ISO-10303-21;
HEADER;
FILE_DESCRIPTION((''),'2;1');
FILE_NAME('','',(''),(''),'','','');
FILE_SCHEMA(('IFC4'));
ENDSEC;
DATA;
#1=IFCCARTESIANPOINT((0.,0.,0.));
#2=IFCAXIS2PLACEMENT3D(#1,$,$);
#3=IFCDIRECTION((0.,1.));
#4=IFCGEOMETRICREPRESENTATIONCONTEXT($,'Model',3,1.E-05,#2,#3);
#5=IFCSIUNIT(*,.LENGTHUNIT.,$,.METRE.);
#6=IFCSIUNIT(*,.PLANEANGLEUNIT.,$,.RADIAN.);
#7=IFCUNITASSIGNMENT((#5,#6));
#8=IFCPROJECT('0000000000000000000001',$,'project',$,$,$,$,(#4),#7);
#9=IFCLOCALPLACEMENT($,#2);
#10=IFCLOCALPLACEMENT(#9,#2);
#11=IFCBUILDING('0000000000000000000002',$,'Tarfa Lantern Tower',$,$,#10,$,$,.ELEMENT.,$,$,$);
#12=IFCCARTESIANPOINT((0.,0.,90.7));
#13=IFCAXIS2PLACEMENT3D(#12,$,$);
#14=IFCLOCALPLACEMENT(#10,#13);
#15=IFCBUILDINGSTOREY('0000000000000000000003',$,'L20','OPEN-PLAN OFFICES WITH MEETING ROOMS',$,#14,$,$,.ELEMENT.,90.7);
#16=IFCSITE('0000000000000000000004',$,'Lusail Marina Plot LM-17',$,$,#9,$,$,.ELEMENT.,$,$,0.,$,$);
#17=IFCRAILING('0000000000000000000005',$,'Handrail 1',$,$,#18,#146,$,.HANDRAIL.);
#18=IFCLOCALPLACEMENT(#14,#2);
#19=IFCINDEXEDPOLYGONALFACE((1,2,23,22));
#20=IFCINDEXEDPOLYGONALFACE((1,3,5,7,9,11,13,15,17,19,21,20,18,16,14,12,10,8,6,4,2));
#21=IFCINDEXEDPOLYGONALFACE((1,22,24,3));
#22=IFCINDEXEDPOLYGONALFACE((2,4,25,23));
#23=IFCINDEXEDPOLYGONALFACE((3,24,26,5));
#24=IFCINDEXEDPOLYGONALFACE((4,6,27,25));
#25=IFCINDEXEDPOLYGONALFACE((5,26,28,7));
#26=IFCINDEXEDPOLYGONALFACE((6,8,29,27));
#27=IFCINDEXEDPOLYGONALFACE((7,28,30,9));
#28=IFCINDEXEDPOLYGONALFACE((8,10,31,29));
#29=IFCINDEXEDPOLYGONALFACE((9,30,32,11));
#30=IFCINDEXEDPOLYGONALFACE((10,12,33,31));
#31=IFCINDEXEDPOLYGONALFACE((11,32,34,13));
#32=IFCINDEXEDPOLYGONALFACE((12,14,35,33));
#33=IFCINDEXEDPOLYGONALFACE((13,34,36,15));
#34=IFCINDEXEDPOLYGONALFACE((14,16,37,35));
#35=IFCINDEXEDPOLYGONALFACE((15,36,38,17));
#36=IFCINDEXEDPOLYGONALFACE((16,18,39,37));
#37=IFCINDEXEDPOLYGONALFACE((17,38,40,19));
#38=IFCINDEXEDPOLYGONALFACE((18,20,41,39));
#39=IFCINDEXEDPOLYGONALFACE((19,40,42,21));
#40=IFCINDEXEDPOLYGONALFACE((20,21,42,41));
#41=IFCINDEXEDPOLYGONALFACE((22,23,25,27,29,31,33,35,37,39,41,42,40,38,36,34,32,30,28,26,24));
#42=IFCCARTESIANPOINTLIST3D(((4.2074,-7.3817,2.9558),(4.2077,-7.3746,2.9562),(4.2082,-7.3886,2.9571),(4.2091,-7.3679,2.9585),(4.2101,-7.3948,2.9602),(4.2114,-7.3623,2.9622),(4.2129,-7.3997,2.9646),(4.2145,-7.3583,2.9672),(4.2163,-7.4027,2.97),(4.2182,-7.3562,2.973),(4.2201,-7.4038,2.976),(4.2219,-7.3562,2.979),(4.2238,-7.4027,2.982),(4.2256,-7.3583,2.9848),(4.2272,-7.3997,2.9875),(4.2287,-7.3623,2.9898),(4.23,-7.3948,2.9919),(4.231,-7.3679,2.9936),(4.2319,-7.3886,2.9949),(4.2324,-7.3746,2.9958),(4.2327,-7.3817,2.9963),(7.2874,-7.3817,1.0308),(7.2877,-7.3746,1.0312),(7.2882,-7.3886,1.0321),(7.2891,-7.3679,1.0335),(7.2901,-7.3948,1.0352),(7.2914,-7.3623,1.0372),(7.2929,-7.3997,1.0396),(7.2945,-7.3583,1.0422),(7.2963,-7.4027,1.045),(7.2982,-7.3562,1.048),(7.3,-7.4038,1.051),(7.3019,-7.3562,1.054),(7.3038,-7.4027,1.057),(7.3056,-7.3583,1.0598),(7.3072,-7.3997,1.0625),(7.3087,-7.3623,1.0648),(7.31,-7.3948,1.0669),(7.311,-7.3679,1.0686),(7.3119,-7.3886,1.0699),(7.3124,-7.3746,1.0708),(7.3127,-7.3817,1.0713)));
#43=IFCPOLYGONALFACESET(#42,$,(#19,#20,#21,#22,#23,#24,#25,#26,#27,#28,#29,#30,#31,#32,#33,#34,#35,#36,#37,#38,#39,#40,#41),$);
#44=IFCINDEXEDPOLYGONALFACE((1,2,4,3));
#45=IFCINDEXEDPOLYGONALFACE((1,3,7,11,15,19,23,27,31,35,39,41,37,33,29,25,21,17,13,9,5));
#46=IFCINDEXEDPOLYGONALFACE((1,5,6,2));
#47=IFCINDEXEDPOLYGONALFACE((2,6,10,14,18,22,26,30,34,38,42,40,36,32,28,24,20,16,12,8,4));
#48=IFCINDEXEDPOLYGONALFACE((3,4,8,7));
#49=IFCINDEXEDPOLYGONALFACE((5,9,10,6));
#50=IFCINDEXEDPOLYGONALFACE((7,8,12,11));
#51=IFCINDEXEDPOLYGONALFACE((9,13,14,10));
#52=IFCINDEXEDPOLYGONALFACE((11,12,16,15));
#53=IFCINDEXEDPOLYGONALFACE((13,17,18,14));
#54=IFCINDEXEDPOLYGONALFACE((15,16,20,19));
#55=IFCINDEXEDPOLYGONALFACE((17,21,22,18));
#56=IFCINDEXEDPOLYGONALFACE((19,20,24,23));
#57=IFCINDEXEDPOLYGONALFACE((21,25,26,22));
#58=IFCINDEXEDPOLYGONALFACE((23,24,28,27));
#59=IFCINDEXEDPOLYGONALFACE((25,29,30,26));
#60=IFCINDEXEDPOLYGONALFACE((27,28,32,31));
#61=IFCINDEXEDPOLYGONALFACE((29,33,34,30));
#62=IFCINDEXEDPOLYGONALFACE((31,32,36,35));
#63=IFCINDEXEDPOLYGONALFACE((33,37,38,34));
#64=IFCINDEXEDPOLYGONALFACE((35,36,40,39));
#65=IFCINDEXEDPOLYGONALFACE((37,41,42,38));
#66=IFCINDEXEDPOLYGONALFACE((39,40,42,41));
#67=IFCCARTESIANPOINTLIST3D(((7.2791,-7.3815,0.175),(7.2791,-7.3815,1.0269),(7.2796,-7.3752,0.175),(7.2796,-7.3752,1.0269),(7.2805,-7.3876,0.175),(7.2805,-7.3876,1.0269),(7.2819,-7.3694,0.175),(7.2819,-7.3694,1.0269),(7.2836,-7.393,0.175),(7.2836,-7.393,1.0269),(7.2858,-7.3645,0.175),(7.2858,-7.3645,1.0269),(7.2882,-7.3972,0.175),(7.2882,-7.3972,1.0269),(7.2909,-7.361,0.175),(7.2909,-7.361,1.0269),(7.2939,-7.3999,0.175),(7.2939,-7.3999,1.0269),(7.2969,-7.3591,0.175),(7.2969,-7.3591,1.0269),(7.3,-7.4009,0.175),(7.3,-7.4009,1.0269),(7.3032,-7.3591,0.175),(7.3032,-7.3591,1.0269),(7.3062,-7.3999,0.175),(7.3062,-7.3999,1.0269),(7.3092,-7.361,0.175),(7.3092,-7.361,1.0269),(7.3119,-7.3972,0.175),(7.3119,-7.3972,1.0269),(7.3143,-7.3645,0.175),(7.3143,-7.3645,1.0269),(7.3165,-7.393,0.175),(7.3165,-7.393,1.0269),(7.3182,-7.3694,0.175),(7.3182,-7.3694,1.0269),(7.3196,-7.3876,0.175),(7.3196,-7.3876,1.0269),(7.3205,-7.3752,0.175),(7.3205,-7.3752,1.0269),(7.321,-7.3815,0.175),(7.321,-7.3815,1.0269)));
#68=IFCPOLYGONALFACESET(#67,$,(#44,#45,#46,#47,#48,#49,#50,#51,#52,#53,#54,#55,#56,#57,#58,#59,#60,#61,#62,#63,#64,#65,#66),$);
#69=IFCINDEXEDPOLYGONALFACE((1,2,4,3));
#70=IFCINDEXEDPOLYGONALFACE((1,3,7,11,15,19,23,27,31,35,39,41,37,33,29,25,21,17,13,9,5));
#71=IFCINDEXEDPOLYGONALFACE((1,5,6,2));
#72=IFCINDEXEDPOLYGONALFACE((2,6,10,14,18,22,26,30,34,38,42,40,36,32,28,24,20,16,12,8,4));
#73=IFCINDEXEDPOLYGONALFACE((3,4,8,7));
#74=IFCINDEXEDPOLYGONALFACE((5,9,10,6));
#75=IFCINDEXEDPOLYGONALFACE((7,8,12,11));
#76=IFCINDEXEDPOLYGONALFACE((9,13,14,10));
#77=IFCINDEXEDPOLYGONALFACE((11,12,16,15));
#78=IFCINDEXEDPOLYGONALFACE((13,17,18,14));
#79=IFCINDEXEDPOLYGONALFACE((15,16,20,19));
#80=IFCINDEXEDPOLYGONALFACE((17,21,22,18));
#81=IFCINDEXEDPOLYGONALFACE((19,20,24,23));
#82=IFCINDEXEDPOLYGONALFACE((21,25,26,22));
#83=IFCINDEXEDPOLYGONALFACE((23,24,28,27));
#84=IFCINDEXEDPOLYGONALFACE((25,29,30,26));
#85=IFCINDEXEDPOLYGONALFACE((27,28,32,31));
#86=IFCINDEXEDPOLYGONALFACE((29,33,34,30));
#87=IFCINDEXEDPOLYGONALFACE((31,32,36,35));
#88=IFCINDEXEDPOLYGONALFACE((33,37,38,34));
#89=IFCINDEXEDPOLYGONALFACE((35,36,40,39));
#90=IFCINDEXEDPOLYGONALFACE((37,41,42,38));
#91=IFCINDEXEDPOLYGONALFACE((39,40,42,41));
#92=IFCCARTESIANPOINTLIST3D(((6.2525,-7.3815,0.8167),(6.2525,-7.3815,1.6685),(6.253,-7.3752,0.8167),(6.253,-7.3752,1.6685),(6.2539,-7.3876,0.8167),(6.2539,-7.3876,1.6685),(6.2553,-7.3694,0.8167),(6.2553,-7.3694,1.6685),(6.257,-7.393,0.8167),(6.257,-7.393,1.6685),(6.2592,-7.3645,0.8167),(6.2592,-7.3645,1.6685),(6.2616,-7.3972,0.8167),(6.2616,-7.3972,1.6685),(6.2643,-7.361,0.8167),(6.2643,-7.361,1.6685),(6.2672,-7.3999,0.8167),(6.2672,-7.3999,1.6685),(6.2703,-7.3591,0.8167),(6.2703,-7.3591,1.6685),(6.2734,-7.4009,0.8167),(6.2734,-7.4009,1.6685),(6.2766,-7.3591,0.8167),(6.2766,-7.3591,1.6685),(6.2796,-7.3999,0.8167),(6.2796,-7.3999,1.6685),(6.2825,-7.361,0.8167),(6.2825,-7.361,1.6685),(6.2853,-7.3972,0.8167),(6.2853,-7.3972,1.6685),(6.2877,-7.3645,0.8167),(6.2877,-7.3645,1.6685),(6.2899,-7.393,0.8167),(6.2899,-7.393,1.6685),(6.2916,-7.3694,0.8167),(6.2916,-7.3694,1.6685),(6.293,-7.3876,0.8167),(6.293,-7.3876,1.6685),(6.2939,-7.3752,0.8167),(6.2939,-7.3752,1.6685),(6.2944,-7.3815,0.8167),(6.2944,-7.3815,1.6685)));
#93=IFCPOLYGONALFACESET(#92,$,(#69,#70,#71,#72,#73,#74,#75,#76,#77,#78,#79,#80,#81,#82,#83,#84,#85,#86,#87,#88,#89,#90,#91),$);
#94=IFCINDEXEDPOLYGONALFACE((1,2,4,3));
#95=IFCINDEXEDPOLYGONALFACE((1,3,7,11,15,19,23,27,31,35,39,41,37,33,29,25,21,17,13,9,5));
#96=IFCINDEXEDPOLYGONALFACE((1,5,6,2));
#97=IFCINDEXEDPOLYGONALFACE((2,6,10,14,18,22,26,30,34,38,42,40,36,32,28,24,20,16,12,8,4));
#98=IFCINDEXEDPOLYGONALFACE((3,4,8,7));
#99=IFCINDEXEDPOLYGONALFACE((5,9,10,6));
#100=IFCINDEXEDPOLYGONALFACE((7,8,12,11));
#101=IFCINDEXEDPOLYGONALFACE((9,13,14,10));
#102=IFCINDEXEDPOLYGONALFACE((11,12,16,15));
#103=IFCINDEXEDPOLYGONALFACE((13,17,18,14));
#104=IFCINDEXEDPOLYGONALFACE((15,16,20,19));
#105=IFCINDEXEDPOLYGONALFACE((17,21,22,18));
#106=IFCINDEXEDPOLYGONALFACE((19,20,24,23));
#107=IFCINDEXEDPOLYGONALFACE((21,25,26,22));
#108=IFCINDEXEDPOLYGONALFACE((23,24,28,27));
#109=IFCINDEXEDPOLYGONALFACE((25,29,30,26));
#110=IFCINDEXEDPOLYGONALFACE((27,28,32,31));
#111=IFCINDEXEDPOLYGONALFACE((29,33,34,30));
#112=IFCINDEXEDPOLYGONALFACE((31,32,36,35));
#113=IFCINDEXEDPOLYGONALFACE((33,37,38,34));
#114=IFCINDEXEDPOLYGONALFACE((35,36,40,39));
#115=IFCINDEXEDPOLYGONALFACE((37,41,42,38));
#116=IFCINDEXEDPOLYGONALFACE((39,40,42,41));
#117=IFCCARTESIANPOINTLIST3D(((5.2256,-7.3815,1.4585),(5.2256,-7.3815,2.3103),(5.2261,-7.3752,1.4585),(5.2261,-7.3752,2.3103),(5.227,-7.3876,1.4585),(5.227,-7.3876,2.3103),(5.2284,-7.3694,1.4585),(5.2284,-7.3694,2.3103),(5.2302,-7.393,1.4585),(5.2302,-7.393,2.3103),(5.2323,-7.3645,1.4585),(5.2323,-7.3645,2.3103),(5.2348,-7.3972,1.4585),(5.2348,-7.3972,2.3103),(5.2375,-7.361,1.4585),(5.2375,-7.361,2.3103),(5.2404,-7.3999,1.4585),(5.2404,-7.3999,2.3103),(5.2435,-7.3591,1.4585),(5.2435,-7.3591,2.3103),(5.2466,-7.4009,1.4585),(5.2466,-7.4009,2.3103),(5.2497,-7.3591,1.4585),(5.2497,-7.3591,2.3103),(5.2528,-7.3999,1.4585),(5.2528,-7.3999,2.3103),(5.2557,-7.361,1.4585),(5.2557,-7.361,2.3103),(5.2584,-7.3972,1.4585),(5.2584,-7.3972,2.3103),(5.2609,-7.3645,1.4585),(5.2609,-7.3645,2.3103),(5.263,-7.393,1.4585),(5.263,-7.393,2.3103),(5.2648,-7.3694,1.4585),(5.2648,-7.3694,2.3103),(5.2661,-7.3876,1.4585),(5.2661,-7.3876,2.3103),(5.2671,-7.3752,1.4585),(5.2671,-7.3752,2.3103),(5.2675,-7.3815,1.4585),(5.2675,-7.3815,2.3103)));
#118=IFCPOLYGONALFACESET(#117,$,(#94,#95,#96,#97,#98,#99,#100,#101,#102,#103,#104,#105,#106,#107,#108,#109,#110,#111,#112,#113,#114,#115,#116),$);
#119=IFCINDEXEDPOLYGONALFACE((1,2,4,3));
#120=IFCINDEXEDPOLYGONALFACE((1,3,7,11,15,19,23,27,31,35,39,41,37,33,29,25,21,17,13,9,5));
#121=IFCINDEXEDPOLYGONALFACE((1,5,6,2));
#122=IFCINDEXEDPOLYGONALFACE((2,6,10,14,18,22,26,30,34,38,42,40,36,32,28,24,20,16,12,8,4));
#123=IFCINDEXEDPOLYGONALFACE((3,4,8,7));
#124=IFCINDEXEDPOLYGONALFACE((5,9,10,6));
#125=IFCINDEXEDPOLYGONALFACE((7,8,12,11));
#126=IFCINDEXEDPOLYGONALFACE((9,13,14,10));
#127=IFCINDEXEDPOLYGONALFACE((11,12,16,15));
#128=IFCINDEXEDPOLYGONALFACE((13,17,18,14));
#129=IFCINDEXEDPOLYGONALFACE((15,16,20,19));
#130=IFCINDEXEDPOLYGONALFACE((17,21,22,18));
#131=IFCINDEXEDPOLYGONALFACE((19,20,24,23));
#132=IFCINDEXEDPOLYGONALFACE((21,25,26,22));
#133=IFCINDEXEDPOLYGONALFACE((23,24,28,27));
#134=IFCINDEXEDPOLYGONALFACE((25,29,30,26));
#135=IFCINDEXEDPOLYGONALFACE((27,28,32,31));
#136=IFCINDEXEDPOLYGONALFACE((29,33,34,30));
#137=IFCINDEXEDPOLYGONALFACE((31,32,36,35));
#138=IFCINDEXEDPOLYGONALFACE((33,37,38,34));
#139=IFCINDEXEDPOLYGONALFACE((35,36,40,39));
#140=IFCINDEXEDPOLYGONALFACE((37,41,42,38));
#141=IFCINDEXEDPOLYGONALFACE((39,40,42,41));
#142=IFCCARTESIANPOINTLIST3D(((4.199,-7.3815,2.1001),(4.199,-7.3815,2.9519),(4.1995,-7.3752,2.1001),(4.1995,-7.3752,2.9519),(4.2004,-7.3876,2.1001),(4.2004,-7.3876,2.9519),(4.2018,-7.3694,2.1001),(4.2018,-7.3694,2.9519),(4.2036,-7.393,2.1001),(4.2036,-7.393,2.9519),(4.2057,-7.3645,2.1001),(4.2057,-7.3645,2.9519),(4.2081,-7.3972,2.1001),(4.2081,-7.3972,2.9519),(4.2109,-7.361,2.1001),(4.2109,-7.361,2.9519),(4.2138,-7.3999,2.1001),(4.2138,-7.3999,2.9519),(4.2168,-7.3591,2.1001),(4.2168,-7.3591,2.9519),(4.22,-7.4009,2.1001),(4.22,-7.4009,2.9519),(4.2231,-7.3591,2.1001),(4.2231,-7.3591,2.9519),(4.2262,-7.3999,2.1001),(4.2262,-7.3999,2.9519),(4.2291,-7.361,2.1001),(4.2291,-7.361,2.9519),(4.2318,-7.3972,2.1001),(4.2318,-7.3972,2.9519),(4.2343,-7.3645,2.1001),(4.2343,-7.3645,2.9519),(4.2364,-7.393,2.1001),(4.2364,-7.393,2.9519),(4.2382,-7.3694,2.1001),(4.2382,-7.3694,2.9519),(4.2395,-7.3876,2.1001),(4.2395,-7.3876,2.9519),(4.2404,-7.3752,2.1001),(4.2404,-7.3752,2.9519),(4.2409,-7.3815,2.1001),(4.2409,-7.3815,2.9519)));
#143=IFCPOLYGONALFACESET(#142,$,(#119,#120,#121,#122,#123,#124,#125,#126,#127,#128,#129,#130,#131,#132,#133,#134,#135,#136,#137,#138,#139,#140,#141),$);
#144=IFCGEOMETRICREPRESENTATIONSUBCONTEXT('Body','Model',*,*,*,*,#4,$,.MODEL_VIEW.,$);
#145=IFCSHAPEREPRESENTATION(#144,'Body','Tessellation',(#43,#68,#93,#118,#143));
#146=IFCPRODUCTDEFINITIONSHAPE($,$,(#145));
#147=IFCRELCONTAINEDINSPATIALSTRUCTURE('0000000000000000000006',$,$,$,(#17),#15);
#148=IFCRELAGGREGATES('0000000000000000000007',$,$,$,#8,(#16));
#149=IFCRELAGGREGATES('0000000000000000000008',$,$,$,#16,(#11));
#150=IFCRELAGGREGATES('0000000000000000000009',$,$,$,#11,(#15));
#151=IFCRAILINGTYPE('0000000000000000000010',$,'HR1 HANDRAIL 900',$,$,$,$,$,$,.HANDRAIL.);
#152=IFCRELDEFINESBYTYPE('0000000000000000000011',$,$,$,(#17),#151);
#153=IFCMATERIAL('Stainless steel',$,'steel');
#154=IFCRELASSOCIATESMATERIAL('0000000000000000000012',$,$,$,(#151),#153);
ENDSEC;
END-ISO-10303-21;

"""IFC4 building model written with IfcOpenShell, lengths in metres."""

from ifc_helpers import new_model, si_unit, direction, frame, origin, origin_2d, place, context, subcontext, project, spatial, circle, extrude, material, type_object, element, save


model = new_model("IFC4")

# Units and contexts
model_context = context("Model", 3, precision=1e-05, world=origin(), true_north=direction((0.0, 1.0)))
body_context = subcontext(model_context, "Body", "Model", "MODEL_VIEW")
ifc_project = project(units=[si_unit("LENGTHUNIT", "METRE"), si_unit("PLANEANGLEUNIT", "RADIAN")], contexts=[model_context])

# Site, building, storey
site_placement = place(None, origin())
site = spatial("IfcSite", under=ifc_project, at=site_placement, Name="Lusail Marina Plot LM-17", CompositionType="ELEMENT", RefElevation=0.0)
building_placement = place(site_placement, origin())
building = spatial("IfcBuilding", under=site, at=building_placement, Name="Tarfa Lantern Tower", CompositionType="ELEMENT")
storey_placement = place(building_placement, frame((0.0, 0.0, 90.7)))
storey = spatial("IfcBuildingStorey", under=building, at=storey_placement, Name="L20", Description="OPEN-PLAN OFFICES WITH MEETING ROOMS", CompositionType="ELEMENT", Elevation=90.7)

# Railing
ifc_material_1 = material(Name="Stainless steel", Category="steel")
railing_type = type_object("IfcRailingType", Name="HR1 HANDRAIL 900", PredefinedType="HANDRAIL", material=ifc_material_1)
railing_1_placement = place(storey_placement, frame((7.3, -7.3799, 0.175)))
element("IfcRailing", 1, at=railing_1_placement, inside=storey, type_object=railing_type, Name="Handrail 1", PredefinedType="HANDRAIL", context=body_context, shape_type="SweptSolid", body=[
    extrude(circle(Radius=0.0239, at=origin_2d()), frame((0.0, 0.0, 0.876), z_axis=(-0.847998, 0.0, 0.529999), x_axis=(0.0, -1.0, 0.0)), (0.0, 0.0, 1.0), 3.6321),
    extrude(circle(Radius=0.021, at=origin_2d()), frame((0.0, 0.0, 0.0), z_axis=(0.0, 0.0, 1.0), x_axis=(0.0, -1.0, 0.0)), (0.0, 0.0, 1.0), 0.8518),
    extrude(circle(Radius=0.021, at=origin_2d()), frame((-1.0266, 0.0, 0.6416), z_axis=(0.0, 0.0, 1.0), x_axis=(0.0, -1.0, 0.0)), (0.0, 0.0, 1.0), 0.8518),
    extrude(circle(Radius=0.021, at=origin_2d()), frame((-2.0535, 0.0, 1.2834), z_axis=(0.0, 0.0, 1.0), x_axis=(0.0, -1.0, 0.0)), (0.0, 0.0, 1.0), 0.8518),
    extrude(circle(Radius=0.021, at=origin_2d()), frame((-3.0801, 0.0, 1.925), z_axis=(0.0, 0.0, 1.0), x_axis=(0.0, -1.0, 0.0)), (0.0, 0.0, 1.0), 0.8518),
])

save(model, "model.ifc")
